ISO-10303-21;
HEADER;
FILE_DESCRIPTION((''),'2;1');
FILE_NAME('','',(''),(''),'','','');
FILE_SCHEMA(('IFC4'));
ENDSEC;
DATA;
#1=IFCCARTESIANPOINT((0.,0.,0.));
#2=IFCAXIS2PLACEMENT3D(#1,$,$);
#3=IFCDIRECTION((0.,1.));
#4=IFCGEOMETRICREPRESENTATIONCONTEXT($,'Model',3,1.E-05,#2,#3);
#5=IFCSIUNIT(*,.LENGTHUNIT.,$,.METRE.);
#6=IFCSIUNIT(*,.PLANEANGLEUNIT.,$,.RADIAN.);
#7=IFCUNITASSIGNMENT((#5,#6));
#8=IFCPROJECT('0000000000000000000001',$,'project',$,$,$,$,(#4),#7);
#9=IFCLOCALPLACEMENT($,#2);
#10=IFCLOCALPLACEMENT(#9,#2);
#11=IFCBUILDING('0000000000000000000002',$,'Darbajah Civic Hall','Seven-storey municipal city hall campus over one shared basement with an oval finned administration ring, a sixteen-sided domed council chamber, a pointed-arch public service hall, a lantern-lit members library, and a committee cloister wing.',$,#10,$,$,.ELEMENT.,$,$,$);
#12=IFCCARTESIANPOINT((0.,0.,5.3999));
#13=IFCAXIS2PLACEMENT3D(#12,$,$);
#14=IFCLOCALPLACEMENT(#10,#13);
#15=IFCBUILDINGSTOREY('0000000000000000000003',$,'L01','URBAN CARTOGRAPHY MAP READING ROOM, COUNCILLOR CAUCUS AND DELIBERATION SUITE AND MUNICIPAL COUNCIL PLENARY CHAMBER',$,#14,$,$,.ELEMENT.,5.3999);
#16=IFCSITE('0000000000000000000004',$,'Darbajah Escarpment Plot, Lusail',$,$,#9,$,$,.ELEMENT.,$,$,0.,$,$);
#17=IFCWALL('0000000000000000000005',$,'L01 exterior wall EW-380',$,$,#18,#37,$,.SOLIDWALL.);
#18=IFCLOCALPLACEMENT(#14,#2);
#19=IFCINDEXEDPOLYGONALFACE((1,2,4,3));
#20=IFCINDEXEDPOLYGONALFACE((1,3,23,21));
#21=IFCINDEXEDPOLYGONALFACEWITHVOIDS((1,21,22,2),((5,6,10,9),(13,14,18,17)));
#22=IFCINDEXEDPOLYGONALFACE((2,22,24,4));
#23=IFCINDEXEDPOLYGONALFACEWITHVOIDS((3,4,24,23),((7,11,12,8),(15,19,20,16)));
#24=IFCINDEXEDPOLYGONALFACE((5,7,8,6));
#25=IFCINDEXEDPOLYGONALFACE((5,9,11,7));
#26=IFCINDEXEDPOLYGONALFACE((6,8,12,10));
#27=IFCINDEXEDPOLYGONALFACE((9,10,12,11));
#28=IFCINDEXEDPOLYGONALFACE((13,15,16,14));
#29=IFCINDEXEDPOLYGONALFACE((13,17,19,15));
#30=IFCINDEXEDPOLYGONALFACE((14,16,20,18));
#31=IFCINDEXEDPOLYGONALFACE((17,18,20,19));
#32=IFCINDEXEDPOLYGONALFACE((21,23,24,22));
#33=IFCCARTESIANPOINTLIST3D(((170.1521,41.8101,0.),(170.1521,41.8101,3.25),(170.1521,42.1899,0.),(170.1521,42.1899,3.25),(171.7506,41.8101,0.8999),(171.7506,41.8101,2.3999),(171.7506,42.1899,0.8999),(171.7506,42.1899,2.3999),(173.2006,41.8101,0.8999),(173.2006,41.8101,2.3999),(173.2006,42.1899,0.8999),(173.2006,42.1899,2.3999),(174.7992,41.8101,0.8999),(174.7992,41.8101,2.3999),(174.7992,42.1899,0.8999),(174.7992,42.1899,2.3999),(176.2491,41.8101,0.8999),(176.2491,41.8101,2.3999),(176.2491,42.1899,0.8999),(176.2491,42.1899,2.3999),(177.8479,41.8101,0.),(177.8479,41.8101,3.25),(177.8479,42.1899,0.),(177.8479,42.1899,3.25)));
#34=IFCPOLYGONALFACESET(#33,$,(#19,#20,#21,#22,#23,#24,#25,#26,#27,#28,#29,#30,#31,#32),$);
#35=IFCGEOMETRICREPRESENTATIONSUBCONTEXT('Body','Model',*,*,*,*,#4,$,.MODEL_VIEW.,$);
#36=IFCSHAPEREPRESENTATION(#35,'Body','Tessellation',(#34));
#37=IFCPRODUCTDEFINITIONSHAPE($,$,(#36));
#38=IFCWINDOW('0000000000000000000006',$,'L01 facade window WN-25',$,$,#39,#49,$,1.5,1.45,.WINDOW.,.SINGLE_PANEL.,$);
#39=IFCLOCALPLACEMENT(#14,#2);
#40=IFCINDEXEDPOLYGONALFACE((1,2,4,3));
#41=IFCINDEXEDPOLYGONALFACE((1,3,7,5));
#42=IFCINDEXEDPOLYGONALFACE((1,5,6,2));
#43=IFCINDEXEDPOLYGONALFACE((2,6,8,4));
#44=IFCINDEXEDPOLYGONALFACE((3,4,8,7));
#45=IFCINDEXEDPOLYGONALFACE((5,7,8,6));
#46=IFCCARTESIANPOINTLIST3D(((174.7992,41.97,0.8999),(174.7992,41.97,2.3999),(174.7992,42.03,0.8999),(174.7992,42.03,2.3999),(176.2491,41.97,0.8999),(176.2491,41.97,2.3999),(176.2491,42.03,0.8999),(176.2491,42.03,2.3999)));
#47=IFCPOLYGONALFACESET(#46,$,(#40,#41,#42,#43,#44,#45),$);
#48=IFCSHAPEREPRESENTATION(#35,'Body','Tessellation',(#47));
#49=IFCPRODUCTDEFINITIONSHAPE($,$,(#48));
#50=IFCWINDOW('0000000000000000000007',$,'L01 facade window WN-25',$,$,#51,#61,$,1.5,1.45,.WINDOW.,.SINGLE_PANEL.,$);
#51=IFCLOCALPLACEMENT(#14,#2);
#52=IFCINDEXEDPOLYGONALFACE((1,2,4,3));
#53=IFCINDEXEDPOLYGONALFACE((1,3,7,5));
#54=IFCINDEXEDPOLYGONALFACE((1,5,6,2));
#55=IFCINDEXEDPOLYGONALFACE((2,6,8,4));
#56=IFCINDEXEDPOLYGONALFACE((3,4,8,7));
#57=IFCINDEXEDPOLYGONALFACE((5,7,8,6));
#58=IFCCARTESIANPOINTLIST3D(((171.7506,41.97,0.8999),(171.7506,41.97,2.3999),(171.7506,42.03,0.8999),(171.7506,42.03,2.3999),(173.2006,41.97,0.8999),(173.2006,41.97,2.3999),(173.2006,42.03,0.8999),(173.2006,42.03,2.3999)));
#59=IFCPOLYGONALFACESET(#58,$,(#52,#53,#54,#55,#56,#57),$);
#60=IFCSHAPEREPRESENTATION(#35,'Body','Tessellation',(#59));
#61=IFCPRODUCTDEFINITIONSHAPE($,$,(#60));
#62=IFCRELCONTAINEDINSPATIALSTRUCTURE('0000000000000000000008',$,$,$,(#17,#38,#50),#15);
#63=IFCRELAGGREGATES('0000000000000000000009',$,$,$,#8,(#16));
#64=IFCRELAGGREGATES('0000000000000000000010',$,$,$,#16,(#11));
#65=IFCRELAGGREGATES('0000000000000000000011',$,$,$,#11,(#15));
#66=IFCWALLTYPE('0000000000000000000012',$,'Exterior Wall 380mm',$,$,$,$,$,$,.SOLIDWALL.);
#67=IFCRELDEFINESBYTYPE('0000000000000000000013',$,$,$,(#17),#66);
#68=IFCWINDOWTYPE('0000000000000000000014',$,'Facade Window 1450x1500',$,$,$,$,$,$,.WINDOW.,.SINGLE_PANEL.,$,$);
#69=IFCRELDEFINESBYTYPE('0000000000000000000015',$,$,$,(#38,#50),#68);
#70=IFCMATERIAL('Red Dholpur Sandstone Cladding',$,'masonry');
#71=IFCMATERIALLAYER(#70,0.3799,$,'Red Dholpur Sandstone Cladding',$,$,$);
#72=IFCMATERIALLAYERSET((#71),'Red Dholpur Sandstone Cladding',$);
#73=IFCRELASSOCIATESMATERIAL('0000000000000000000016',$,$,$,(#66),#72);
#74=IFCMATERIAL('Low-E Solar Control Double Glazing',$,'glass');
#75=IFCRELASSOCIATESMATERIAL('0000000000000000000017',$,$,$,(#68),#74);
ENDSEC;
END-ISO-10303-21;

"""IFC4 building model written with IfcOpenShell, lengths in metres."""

from ifc_helpers import new_model, si_unit, direction, frame, frame_2d, origin, place, context, subcontext, project, spatial, rectangle, extrude, material, layer, layer_set, type_object, element, fill, save


model = new_model("IFC4")

# Units and contexts
model_context = context("Model", 3, precision=1e-05, world=origin(), true_north=direction((0.0, 1.0)))
body_context = subcontext(model_context, "Body", "Model", "MODEL_VIEW")
ifc_project = project(units=[si_unit("LENGTHUNIT", "METRE"), si_unit("PLANEANGLEUNIT", "RADIAN")], contexts=[model_context])

# Site, building, storey
site_placement = place(None, origin())
site = spatial("IfcSite", under=ifc_project, at=site_placement, Name="Darbajah Escarpment Plot, Lusail", CompositionType="ELEMENT", RefElevation=0.0)
building_placement = place(site_placement, origin())
building = spatial("IfcBuilding", under=site, at=building_placement, Name="Darbajah Civic Hall", Description="Seven-storey municipal city hall campus over one shared basement with an oval finned administration ring, a sixteen-sided domed council chamber, a pointed-arch public service hall, a lantern-lit members library, and a committee cloister wing.", CompositionType="ELEMENT")
storey_placement = place(building_placement, frame((0.0, 0.0, 5.3999)))
storey = spatial("IfcBuildingStorey", under=building, at=storey_placement, Name="L01", Description="URBAN CARTOGRAPHY MAP READING ROOM, COUNCILLOR CAUCUS AND DELIBERATION SUITE AND MUNICIPAL COUNCIL PLENARY CHAMBER", CompositionType="ELEMENT", Elevation=5.3999)

# Shared definitions
ifc_material_1 = material(Name="Low-E Solar Control Double Glazing", Category="glass")

# Wall, openings, windows
ifc_material_2 = material(Name="Red Dholpur Sandstone Cladding", Category="masonry")
ifc_layer_1 = layer(ifc_material_2, 0.3799, Name="Red Dholpur Sandstone Cladding")
ifc_layer_set_1 = layer_set([ifc_layer_1], Name="Red Dholpur Sandstone Cladding")
wall_type_1 = type_object("IfcWallType", Name="Exterior Wall 380mm", PredefinedType="SOLIDWALL", material=ifc_layer_set_1)
wall_1_placement = place(storey_placement, frame((177.8479, 42.0, 0.0), z_axis=(0.0, 0.0, 1.0), x_axis=(-1.0, 0.0, 0.0)))
wall_1 = element("IfcWall", 1, at=wall_1_placement, inside=storey, type_object=wall_type_1, Name="L01 exterior wall EW-380", PredefinedType="SOLIDWALL", context=body_context, shape_type="SweptSolid", body=[
    extrude(rectangle(XDim=7.6958, YDim=0.3799, at=frame_2d((3.8479, 0.0))), origin(), (0.0, 0.0, 1.0), 3.25),
])
opening_1_placement = place(wall_1_placement, frame((1.5986, 0.0, 0.8999)))
opening_1 = element("IfcOpeningElement", 2, at=opening_1_placement, cuts=wall_1, PredefinedType="OPENING", context=body_context, shape_type="SweptSolid", body=[
    extrude(rectangle(XDim=1.45, YDim=1.5, at=frame_2d((0.7251, 0.75))), frame((0.0, 0.2, 0.0), z_axis=(0.0, -1.0, 0.0), x_axis=(1.0, 0.0, 0.0)), (0.0, 0.0, 1.0), 0.3999),
])
opening_2_placement = place(wall_1_placement, frame((4.6472, 0.0, 0.8999)))
opening_2 = element("IfcOpeningElement", 3, at=opening_2_placement, cuts=wall_1, PredefinedType="OPENING", context=body_context, shape_type="SweptSolid", body=[
    extrude(rectangle(XDim=1.45, YDim=1.5, at=frame_2d((0.7251, 0.75))), frame((0.0, 0.2, 0.0), z_axis=(0.0, -1.0, 0.0), x_axis=(1.0, 0.0, 0.0)), (0.0, 0.0, 1.0), 0.3999),
])
window_type_1 = type_object("IfcWindowType", Name="Facade Window 1450x1500", PartitioningType="SINGLE_PANEL", PredefinedType="WINDOW", material=ifc_material_1)
window_1_placement = place(opening_1_placement, origin())
window_1 = element("IfcWindow", 4, at=window_1_placement, inside=storey, type_object=window_type_1, Name="L01 facade window WN-25", OverallHeight=1.5, OverallWidth=1.45, PartitioningType="SINGLE_PANEL", PredefinedType="WINDOW", context=body_context, shape_type="SweptSolid", body=[
    extrude(rectangle(XDim=1.45, YDim=1.5, at=frame_2d((0.7251, 0.75))), frame((0.0, 0.03, 0.0), z_axis=(0.0, -1.0, 0.0), x_axis=(1.0, 0.0, 0.0)), (0.0, 0.0, 1.0), 0.0601),
])
fill(opening_1, window_1)
window_2_placement = place(opening_2_placement, origin())
window_2 = element("IfcWindow", 5, at=window_2_placement, inside=storey, type_object=window_type_1, Name="L01 facade window WN-25", OverallHeight=1.5, OverallWidth=1.45, PartitioningType="SINGLE_PANEL", PredefinedType="WINDOW", context=body_context, shape_type="SweptSolid", body=[
    extrude(rectangle(XDim=1.45, YDim=1.5, at=frame_2d((0.7251, 0.75))), frame((0.0, 0.03, 0.0), z_axis=(0.0, -1.0, 0.0), x_axis=(1.0, 0.0, 0.0)), (0.0, 0.0, 1.0), 0.0601),
])
fill(opening_2, window_2)

save(model, "model.ifc")
